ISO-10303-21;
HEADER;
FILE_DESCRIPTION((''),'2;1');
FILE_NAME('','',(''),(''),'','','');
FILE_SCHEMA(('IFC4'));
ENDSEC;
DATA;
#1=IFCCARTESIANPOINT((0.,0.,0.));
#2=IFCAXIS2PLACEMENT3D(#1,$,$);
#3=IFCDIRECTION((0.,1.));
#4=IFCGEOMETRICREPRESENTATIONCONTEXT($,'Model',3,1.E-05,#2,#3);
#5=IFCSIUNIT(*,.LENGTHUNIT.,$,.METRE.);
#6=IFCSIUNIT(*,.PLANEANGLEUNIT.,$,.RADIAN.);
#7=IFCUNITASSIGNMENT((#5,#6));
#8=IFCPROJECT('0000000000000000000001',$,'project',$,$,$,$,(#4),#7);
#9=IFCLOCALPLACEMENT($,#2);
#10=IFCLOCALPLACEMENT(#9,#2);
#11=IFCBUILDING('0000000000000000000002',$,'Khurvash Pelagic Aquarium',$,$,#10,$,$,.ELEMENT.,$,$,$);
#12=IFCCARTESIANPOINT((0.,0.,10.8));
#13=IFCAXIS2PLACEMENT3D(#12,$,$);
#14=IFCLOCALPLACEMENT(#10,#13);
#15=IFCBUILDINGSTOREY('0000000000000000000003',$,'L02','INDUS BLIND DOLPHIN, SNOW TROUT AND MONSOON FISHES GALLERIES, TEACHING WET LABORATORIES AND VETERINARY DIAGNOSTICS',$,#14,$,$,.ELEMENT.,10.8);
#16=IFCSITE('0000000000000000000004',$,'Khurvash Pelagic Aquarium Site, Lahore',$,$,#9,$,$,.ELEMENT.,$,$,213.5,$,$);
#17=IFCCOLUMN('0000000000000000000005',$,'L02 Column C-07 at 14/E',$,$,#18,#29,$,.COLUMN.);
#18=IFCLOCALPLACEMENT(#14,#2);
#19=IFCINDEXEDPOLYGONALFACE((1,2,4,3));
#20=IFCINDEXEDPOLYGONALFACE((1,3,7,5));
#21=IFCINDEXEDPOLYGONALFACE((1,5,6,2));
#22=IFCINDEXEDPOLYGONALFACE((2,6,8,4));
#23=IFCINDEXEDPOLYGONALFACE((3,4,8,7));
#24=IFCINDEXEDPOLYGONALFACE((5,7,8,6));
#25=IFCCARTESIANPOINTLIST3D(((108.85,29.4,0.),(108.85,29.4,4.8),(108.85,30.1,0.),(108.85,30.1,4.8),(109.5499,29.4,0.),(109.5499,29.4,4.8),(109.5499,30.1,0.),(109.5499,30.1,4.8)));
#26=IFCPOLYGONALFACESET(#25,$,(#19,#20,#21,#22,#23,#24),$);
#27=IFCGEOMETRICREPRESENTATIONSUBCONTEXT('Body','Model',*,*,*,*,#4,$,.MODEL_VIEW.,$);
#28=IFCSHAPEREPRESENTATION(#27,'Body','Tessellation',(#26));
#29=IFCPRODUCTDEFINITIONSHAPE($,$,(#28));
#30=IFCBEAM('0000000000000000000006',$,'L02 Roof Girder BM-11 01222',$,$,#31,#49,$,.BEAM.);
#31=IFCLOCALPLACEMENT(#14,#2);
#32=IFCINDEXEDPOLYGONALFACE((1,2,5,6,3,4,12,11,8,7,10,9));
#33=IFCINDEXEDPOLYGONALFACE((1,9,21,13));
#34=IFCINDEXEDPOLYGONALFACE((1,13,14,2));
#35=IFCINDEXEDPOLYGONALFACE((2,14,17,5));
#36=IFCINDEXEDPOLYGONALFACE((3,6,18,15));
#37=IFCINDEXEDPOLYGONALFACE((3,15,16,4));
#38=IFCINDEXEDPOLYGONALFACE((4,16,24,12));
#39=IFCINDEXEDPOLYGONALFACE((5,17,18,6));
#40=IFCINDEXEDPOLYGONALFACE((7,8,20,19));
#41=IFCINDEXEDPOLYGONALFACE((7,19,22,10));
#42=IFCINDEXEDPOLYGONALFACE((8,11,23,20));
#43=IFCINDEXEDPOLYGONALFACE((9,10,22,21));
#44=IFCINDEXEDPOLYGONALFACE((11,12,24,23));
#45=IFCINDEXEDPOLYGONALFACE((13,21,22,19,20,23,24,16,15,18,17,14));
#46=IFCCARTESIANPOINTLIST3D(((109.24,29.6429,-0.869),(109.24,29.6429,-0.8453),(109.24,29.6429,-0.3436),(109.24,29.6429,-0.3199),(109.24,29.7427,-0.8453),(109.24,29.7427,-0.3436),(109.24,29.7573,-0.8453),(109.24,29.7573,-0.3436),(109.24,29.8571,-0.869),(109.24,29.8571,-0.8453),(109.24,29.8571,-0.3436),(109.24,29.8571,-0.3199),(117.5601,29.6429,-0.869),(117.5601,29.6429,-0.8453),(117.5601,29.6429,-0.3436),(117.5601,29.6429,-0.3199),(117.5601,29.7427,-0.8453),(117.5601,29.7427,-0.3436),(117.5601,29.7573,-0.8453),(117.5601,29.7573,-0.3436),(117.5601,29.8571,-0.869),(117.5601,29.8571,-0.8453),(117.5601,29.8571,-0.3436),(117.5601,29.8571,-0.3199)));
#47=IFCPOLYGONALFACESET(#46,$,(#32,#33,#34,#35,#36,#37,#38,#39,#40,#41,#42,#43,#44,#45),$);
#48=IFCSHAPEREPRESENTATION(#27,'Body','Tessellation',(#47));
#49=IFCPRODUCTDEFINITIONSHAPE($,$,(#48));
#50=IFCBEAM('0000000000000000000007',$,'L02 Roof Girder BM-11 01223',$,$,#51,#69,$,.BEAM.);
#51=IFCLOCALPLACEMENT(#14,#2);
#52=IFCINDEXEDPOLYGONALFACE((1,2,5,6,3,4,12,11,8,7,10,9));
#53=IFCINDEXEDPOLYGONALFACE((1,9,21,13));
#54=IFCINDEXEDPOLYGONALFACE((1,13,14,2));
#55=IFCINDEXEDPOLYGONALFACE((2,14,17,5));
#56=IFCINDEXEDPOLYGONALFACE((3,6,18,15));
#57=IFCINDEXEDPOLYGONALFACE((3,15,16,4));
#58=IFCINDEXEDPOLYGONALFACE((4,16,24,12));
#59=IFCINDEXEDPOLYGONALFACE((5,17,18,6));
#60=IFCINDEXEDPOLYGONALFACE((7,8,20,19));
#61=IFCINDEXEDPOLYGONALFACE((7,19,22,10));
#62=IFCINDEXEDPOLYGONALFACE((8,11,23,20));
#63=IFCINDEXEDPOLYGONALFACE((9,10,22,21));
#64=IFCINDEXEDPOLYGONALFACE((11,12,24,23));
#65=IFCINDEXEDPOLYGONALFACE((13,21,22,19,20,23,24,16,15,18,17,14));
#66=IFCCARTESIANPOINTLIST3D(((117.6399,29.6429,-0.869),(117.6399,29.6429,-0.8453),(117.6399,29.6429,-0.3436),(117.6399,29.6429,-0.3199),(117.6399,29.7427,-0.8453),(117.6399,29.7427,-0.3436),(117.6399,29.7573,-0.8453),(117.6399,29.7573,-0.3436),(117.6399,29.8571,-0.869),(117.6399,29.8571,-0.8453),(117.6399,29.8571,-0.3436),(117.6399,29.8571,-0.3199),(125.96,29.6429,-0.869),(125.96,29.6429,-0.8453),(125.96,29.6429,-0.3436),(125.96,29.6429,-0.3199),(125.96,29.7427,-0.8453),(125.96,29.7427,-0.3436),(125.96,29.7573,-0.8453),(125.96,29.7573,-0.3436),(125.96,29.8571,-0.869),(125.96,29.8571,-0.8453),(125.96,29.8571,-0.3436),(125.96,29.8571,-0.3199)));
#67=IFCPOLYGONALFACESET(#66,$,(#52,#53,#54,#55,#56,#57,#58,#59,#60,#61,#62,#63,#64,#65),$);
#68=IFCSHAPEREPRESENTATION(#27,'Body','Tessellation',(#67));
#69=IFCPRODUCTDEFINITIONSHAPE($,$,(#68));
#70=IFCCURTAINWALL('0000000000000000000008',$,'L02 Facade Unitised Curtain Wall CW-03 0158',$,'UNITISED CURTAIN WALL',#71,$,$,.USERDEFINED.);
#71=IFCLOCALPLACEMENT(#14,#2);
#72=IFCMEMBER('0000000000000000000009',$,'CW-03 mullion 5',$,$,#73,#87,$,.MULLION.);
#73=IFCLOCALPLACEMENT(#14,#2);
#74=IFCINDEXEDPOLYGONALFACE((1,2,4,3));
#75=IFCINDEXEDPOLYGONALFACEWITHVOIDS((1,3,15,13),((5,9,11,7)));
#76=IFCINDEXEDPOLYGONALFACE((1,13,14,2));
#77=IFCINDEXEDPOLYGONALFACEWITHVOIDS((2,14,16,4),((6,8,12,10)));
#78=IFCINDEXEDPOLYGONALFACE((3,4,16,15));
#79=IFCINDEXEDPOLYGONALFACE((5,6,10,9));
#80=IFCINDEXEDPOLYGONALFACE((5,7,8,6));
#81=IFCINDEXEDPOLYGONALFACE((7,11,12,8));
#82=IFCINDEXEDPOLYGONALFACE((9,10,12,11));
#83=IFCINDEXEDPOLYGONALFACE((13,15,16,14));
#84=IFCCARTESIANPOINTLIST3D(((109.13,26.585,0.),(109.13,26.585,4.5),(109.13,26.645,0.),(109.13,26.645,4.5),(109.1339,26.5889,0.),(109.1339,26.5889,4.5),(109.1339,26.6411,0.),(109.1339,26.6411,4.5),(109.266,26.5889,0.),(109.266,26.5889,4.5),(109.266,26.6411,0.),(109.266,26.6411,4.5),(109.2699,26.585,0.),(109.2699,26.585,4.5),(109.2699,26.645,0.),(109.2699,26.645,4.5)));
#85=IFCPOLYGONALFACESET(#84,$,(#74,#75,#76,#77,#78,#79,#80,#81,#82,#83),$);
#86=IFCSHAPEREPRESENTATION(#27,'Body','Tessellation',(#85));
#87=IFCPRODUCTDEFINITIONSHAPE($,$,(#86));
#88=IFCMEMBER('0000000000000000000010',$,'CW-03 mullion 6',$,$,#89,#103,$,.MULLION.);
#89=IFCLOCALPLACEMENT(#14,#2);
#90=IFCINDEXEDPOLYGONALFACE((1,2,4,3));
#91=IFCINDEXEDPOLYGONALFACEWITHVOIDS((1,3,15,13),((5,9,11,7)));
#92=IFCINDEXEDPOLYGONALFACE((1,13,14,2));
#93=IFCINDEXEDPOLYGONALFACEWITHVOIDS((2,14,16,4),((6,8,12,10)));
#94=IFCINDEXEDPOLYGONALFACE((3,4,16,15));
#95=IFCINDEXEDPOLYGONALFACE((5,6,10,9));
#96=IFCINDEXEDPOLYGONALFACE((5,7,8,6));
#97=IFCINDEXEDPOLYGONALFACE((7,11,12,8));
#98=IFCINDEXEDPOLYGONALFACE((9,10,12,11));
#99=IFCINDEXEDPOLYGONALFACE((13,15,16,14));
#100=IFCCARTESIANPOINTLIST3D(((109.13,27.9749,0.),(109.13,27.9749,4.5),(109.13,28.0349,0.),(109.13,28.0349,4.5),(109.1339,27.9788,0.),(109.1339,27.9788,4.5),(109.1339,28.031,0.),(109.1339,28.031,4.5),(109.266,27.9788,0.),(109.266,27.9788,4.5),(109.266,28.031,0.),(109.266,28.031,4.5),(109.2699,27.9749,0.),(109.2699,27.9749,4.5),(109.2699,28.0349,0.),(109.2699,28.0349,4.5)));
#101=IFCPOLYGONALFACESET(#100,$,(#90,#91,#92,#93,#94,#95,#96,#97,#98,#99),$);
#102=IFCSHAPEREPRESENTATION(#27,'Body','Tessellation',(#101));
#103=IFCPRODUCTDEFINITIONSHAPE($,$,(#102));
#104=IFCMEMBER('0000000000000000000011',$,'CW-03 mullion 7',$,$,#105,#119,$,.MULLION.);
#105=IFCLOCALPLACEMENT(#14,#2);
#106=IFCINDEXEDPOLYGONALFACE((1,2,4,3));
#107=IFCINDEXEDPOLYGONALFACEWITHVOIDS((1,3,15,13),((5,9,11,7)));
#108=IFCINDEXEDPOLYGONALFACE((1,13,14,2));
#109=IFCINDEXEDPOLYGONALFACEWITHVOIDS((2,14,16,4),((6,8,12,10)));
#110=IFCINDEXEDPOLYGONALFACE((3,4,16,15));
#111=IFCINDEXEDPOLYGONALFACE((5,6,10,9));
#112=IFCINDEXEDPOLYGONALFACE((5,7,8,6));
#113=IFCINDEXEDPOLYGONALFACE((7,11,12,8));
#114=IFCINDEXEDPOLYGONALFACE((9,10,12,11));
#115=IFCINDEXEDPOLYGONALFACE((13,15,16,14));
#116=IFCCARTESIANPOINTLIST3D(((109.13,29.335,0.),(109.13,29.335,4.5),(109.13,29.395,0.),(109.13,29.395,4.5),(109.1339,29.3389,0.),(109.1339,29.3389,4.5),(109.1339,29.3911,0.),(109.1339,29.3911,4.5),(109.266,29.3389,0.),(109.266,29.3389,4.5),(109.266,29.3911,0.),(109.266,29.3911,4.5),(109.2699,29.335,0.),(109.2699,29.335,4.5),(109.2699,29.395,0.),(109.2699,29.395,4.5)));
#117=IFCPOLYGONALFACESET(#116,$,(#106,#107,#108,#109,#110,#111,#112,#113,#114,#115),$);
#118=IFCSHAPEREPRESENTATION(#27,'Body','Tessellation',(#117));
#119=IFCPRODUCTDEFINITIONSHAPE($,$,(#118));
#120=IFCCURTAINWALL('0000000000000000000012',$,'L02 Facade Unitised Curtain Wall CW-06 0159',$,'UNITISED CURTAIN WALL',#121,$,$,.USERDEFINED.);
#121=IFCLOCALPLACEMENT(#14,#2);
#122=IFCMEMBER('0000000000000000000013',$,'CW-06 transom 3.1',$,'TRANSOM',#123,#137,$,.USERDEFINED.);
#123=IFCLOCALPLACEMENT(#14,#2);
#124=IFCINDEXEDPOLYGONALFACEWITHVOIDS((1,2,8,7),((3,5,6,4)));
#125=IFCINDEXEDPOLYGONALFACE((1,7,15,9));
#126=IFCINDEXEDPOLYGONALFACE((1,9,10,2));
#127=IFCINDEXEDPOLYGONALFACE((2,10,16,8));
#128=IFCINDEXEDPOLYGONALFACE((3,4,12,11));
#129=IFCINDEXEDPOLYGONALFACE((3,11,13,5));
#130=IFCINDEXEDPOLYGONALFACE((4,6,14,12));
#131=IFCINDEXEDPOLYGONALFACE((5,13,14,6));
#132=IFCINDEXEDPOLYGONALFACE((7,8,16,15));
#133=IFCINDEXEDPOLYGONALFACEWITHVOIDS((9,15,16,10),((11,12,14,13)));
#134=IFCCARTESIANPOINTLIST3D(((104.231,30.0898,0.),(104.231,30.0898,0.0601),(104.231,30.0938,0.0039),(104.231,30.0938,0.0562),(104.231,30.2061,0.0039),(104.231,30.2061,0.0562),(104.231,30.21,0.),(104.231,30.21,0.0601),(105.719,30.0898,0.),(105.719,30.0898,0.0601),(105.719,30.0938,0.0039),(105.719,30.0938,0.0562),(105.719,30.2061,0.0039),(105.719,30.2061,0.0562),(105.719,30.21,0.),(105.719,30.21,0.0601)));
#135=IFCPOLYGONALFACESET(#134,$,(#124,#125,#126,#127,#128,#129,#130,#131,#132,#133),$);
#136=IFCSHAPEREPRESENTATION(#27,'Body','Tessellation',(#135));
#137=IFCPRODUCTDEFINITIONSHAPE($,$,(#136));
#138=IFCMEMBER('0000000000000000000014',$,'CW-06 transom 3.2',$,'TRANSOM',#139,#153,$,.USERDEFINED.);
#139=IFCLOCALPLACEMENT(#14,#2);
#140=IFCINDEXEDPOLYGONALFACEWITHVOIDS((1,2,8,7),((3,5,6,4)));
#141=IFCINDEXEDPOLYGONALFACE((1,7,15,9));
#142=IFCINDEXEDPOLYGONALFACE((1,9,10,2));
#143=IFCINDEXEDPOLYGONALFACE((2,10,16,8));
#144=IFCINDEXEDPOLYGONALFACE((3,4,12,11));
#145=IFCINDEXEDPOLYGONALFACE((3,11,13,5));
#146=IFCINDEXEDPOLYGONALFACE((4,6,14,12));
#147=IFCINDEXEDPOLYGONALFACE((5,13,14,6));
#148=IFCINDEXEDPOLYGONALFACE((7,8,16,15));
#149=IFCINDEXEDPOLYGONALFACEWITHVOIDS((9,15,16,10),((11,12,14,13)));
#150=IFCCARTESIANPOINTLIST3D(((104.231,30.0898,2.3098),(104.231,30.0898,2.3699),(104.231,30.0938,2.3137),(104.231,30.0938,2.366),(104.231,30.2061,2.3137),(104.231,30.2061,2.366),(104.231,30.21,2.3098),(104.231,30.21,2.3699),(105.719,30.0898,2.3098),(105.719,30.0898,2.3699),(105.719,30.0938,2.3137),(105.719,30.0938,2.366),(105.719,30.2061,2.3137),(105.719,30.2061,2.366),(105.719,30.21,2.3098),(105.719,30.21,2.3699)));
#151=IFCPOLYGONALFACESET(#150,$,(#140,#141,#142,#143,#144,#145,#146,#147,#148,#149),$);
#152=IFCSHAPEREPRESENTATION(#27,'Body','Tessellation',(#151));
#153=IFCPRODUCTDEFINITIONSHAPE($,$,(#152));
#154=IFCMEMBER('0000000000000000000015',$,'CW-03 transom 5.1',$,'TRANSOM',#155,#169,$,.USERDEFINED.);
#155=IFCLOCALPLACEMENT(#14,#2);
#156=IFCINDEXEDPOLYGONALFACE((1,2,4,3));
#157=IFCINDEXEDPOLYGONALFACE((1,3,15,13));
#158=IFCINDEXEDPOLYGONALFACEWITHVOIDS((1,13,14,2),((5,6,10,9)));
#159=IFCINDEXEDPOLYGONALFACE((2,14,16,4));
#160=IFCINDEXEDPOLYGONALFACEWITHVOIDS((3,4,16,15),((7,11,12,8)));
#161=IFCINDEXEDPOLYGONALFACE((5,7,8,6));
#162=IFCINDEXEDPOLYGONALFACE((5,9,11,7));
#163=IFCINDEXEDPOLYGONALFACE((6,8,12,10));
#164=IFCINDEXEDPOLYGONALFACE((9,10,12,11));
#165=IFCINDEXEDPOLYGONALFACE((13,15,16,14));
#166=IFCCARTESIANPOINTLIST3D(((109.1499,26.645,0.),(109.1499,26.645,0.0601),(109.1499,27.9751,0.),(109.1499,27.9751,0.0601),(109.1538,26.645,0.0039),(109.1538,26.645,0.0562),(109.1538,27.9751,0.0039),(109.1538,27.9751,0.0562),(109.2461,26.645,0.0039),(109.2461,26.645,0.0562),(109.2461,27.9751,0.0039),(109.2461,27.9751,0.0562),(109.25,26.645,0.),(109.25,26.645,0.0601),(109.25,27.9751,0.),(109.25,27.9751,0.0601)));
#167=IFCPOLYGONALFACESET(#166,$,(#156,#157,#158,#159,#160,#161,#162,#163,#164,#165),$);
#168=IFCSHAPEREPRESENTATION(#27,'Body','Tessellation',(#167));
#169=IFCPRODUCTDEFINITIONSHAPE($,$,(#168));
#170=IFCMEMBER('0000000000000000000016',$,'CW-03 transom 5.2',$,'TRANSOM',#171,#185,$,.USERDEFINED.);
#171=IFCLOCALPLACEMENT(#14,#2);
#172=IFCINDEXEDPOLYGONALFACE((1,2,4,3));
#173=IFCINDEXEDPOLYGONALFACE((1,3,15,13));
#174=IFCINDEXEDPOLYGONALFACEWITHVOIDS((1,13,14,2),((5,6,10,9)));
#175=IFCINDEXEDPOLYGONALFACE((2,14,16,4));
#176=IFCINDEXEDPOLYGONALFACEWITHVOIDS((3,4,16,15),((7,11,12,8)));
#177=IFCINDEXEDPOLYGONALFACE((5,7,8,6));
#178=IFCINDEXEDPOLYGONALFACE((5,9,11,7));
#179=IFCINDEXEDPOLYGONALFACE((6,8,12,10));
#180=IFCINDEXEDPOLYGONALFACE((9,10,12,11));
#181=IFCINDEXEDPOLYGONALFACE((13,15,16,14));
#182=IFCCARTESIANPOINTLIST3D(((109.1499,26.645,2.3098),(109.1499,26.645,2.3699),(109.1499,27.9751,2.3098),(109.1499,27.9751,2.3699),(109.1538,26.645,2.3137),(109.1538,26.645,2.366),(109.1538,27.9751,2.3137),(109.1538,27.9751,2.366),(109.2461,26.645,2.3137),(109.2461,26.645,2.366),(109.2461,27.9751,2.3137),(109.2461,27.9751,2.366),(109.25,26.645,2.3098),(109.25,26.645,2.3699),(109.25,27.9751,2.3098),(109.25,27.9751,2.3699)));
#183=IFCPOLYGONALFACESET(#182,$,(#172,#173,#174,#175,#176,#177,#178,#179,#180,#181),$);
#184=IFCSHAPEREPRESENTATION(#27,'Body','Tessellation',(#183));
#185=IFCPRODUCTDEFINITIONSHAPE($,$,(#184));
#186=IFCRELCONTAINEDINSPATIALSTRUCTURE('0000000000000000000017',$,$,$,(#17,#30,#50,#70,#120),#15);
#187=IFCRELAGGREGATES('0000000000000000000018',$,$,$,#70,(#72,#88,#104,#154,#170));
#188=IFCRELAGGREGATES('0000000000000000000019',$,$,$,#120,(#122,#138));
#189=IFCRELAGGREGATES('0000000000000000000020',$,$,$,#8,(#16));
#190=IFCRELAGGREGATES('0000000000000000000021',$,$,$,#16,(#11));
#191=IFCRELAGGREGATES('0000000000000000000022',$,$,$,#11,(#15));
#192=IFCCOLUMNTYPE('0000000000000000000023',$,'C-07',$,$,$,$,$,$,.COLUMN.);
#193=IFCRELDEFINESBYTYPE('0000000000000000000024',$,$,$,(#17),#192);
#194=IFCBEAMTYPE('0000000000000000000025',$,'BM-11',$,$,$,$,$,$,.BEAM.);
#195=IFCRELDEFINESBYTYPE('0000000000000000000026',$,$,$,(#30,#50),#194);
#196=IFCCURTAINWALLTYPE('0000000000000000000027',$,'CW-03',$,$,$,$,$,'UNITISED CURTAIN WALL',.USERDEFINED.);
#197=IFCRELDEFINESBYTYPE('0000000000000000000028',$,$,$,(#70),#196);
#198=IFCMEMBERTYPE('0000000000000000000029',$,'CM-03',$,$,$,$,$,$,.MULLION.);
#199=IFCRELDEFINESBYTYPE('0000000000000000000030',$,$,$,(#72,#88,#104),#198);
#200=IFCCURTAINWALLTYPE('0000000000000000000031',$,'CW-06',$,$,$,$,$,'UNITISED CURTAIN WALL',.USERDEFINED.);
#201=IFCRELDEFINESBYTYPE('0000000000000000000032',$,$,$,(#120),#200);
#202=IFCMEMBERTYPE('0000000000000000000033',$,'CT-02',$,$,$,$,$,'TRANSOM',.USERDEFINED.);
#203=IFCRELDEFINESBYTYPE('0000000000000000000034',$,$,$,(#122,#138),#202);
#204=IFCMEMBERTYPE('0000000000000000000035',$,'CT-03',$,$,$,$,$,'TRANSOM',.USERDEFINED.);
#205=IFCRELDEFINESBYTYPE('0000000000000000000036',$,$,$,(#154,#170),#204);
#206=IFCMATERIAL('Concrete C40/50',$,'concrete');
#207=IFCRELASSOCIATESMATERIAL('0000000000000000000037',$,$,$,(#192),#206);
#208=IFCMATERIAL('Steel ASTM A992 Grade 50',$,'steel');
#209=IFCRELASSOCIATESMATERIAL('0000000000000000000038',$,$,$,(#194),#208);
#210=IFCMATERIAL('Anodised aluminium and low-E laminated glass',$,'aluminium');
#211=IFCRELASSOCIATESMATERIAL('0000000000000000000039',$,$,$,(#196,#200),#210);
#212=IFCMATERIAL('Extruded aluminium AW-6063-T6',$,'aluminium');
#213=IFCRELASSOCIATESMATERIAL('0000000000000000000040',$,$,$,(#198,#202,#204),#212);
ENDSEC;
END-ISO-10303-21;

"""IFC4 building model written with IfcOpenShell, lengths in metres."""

from ifc_helpers import new_model, si_unit, direction, frame, origin, origin_2d, place, context, subcontext, project, spatial, rectangle, hollow_rectangle, i_section, extrude, material, material_profile, profile_set, type_object, element, aggregate, save


model = new_model("IFC4")

# Units and contexts
model_context = context("Model", 3, precision=1e-05, world=origin(), true_north=direction((0.0, 1.0)))
body_context = subcontext(model_context, "Body", "Model", "MODEL_VIEW")
ifc_project = project(units=[si_unit("LENGTHUNIT", "METRE"), si_unit("PLANEANGLEUNIT", "RADIAN")], contexts=[model_context])

# Site, building, storey
site_placement = place(None, origin())
site = spatial("IfcSite", under=ifc_project, at=site_placement, Name="Khurvash Pelagic Aquarium Site, Lahore", CompositionType="ELEMENT", RefElevation=213.5)
building_placement = place(site_placement, origin())
building = spatial("IfcBuilding", under=site, at=building_placement, Name="Khurvash Pelagic Aquarium", CompositionType="ELEMENT")
storey_placement = place(building_placement, frame((0.0, 0.0, 10.8)))
storey = spatial("IfcBuildingStorey", under=building, at=storey_placement, Name="L02", Description="INDUS BLIND DOLPHIN, SNOW TROUT AND MONSOON FISHES GALLERIES, TEACHING WET LABORATORIES AND VETERINARY DIAGNOSTICS", CompositionType="ELEMENT", Elevation=10.8)

# Column
ifc_material_1 = material(Name="Concrete C40/50", Category="concrete")
ifc_material_profile_1 = material_profile(ifc_material_1, rectangle(XDim=0.7, YDim=0.7, at=origin_2d()), Name="RC700X700")
ifc_profile_set_1 = profile_set([ifc_material_profile_1], Name="Concrete C40/50")
column_type = type_object("IfcColumnType", Name="C-07", PredefinedType="COLUMN", material=ifc_profile_set_1)
column_placement = place(storey_placement, frame((109.2, 29.75, 0.0), z_axis=(0.0, 0.0, 1.0), x_axis=(1.0, 0.0, 0.0)))
element("IfcColumn", 1, at=column_placement, inside=storey, type_object=column_type, Name="L02 Column C-07 at 14/E", PredefinedType="COLUMN", context=body_context, shape_type="SweptSolid", body=[
    extrude(rectangle(XDim=0.7, YDim=0.7, at=origin_2d()), origin(), (0.0, 0.0, 1.0), 4.8),
])

# Beams
ifc_material_2 = material(Name="Steel ASTM A992 Grade 50", Category="steel")
ifc_material_profile_2 = material_profile(ifc_material_2, i_section(OverallWidth=0.2141, OverallDepth=0.5491, WebThickness=0.0146, FlangeThickness=0.0237, at=origin_2d()), Name="W21X93")
ifc_profile_set_2 = profile_set([ifc_material_profile_2], Name="Steel ASTM A992 Grade 50")
beam_type = type_object("IfcBeamType", Name="BM-11", PredefinedType="BEAM", material=ifc_profile_set_2)
for number, where, z_axis, x_axis, name in (
    (2, (109.24, 29.75, -0.5945), (1.0, 0.0, 0.0), (0.0, 1.0, 0.0), "L02 Roof Girder BM-11 01222"),
    (3, (117.6399, 29.75, -0.5945), (1.0, 0.0, 0.0), (0.0, 1.0, 0.0), "L02 Roof Girder BM-11 01223"),
):
    element("IfcBeam", number, at=place(storey_placement, frame(where, z_axis=z_axis, x_axis=x_axis)), inside=storey, type_object=beam_type, Name=name, PredefinedType="BEAM", context=body_context, shape_type="SweptSolid", body=[
        extrude(i_section(OverallWidth=0.2141, OverallDepth=0.5491, WebThickness=0.0146, FlangeThickness=0.0237, at=origin_2d()), origin(), (0.0, 0.0, 1.0), 8.3201),
    ])

# Curtain walls, members
ifc_material_3 = material(Name="Anodised aluminium and low-E laminated glass", Category="aluminium")
curtain_wall_type_1 = type_object("IfcCurtainWallType", Name="CW-03", ElementType="UNITISED CURTAIN WALL", PredefinedType="USERDEFINED", material=ifc_material_3)
curtain_wall_1_placement = place(storey_placement, origin())
curtain_wall_1 = element("IfcCurtainWall", 4, at=curtain_wall_1_placement, inside=storey, type_object=curtain_wall_type_1, Name="L02 Facade Unitised Curtain Wall CW-03 0158", ObjectType="UNITISED CURTAIN WALL", PredefinedType="USERDEFINED")
ifc_material_4 = material(Name="Extruded aluminium AW-6063-T6", Category="aluminium")
ifc_material_profile_3 = material_profile(ifc_material_4, hollow_rectangle(XDim=0.0601, YDim=0.1399, WallThickness=0.0039, at=origin_2d()), Name="CWM60X140X4")
ifc_profile_set_3 = profile_set([ifc_material_profile_3], Name="Extruded aluminium AW-6063-T6")
member_type_1 = type_object("IfcMemberType", Name="CM-03", PredefinedType="MULLION", material=ifc_profile_set_3)
member_1_placement = place(storey_placement, frame((109.2, 26.615, 0.0), z_axis=(0.0, 0.0, 1.0), x_axis=(0.0, 1.0, 0.0)))
member_1 = element("IfcMember", 5, at=member_1_placement, type_object=member_type_1, Name="CW-03 mullion 5", PredefinedType="MULLION", context=body_context, shape_type="SweptSolid", body=[
    extrude(hollow_rectangle(XDim=0.0601, YDim=0.1399, WallThickness=0.0039, at=origin_2d()), origin(), (0.0, 0.0, 1.0), 4.5),
])
member_2_placement = place(storey_placement, frame((109.2, 28.0049, 0.0), z_axis=(0.0, 0.0, 1.0), x_axis=(0.0, 1.0, 0.0)))
member_2 = element("IfcMember", 6, at=member_2_placement, type_object=member_type_1, Name="CW-03 mullion 6", PredefinedType="MULLION", context=body_context, shape_type="SweptSolid", body=[
    extrude(hollow_rectangle(XDim=0.0601, YDim=0.1399, WallThickness=0.0039, at=origin_2d()), origin(), (0.0, 0.0, 1.0), 4.5),
])
member_3_placement = place(storey_placement, frame((109.2, 29.365, 0.0), z_axis=(0.0, 0.0, 1.0), x_axis=(0.0, 1.0, 0.0)))
member_3 = element("IfcMember", 7, at=member_3_placement, type_object=member_type_1, Name="CW-03 mullion 7", PredefinedType="MULLION", context=body_context, shape_type="SweptSolid", body=[
    extrude(hollow_rectangle(XDim=0.0601, YDim=0.1399, WallThickness=0.0039, at=origin_2d()), origin(), (0.0, 0.0, 1.0), 4.5),
])
curtain_wall_type_2 = type_object("IfcCurtainWallType", Name="CW-06", ElementType="UNITISED CURTAIN WALL", PredefinedType="USERDEFINED", material=ifc_material_3)
curtain_wall_2_placement = place(storey_placement, origin())
curtain_wall_2 = element("IfcCurtainWall", 8, at=curtain_wall_2_placement, inside=storey, type_object=curtain_wall_type_2, Name="L02 Facade Unitised Curtain Wall CW-06 0159", ObjectType="UNITISED CURTAIN WALL", PredefinedType="USERDEFINED")
ifc_material_profile_4 = material_profile(ifc_material_4, hollow_rectangle(XDim=0.1201, YDim=0.0601, WallThickness=0.0039, at=origin_2d()), Name="CWT120X60X4")
ifc_profile_set_4 = profile_set([ifc_material_profile_4], Name="Extruded aluminium AW-6063-T6")
member_type_2 = type_object("IfcMemberType", Name="CT-02", ElementType="TRANSOM", PredefinedType="USERDEFINED", material=ifc_profile_set_4)
member_4_placement = place(storey_placement, frame((105.719, 30.1499, 0.03), z_axis=(-1.0, 0.0, 0.0), x_axis=(0.0, -1.0, 0.0)))
member_4 = element("IfcMember", 9, at=member_4_placement, type_object=member_type_2, Name="CW-06 transom 3.1", ObjectType="TRANSOM", PredefinedType="USERDEFINED", context=body_context, shape_type="SweptSolid", body=[
    extrude(hollow_rectangle(XDim=0.1201, YDim=0.0601, WallThickness=0.0039, at=origin_2d()), origin(), (0.0, 0.0, 1.0), 1.488),
])
member_5_placement = place(storey_placement, frame((105.719, 30.1499, 2.3398), z_axis=(-1.0, 0.0, 0.0), x_axis=(0.0, -1.0, 0.0)))
member_5 = element("IfcMember", 10, at=member_5_placement, type_object=member_type_2, Name="CW-06 transom 3.2", ObjectType="TRANSOM", PredefinedType="USERDEFINED", context=body_context, shape_type="SweptSolid", body=[
    extrude(hollow_rectangle(XDim=0.1201, YDim=0.0601, WallThickness=0.0039, at=origin_2d()), origin(), (0.0, 0.0, 1.0), 1.488),
])

# Members
ifc_material_profile_5 = material_profile(ifc_material_4, hollow_rectangle(XDim=0.1001, YDim=0.0601, WallThickness=0.0039, at=origin_2d()), Name="CWT100X60X4")
ifc_profile_set_5 = profile_set([ifc_material_profile_5], Name="Extruded aluminium AW-6063-T6")
member_type_3 = type_object("IfcMemberType", Name="CT-03", ElementType="TRANSOM", PredefinedType="USERDEFINED", material=ifc_profile_set_5)
member_6_placement = place(storey_placement, frame((109.2, 26.645, 0.03), z_axis=(0.0, 1.0, 0.0), x_axis=(-1.0, 0.0, 0.0)))
member_6 = element("IfcMember", 11, at=member_6_placement, type_object=member_type_3, Name="CW-03 transom 5.1", ObjectType="TRANSOM", PredefinedType="USERDEFINED", context=body_context, shape_type="SweptSolid", body=[
    extrude(hollow_rectangle(XDim=0.1001, YDim=0.0601, WallThickness=0.0039, at=origin_2d()), origin(), (0.0, 0.0, 1.0), 1.3301),
])
member_7_placement = place(storey_placement, frame((109.2, 26.645, 2.3398), z_axis=(0.0, 1.0, 0.0), x_axis=(-1.0, 0.0, 0.0)))
member_7 = element("IfcMember", 12, at=member_7_placement, type_object=member_type_3, Name="CW-03 transom 5.2", ObjectType="TRANSOM", PredefinedType="USERDEFINED", context=body_context, shape_type="SweptSolid", body=[
    extrude(hollow_rectangle(XDim=0.1001, YDim=0.0601, WallThickness=0.0039, at=origin_2d()), origin(), (0.0, 0.0, 1.0), 1.3301),
])

aggregate(curtain_wall_1, [member_1, member_2, member_3, member_6, member_7])
aggregate(curtain_wall_2, [member_4, member_5])

save(model, "model.ifc")
